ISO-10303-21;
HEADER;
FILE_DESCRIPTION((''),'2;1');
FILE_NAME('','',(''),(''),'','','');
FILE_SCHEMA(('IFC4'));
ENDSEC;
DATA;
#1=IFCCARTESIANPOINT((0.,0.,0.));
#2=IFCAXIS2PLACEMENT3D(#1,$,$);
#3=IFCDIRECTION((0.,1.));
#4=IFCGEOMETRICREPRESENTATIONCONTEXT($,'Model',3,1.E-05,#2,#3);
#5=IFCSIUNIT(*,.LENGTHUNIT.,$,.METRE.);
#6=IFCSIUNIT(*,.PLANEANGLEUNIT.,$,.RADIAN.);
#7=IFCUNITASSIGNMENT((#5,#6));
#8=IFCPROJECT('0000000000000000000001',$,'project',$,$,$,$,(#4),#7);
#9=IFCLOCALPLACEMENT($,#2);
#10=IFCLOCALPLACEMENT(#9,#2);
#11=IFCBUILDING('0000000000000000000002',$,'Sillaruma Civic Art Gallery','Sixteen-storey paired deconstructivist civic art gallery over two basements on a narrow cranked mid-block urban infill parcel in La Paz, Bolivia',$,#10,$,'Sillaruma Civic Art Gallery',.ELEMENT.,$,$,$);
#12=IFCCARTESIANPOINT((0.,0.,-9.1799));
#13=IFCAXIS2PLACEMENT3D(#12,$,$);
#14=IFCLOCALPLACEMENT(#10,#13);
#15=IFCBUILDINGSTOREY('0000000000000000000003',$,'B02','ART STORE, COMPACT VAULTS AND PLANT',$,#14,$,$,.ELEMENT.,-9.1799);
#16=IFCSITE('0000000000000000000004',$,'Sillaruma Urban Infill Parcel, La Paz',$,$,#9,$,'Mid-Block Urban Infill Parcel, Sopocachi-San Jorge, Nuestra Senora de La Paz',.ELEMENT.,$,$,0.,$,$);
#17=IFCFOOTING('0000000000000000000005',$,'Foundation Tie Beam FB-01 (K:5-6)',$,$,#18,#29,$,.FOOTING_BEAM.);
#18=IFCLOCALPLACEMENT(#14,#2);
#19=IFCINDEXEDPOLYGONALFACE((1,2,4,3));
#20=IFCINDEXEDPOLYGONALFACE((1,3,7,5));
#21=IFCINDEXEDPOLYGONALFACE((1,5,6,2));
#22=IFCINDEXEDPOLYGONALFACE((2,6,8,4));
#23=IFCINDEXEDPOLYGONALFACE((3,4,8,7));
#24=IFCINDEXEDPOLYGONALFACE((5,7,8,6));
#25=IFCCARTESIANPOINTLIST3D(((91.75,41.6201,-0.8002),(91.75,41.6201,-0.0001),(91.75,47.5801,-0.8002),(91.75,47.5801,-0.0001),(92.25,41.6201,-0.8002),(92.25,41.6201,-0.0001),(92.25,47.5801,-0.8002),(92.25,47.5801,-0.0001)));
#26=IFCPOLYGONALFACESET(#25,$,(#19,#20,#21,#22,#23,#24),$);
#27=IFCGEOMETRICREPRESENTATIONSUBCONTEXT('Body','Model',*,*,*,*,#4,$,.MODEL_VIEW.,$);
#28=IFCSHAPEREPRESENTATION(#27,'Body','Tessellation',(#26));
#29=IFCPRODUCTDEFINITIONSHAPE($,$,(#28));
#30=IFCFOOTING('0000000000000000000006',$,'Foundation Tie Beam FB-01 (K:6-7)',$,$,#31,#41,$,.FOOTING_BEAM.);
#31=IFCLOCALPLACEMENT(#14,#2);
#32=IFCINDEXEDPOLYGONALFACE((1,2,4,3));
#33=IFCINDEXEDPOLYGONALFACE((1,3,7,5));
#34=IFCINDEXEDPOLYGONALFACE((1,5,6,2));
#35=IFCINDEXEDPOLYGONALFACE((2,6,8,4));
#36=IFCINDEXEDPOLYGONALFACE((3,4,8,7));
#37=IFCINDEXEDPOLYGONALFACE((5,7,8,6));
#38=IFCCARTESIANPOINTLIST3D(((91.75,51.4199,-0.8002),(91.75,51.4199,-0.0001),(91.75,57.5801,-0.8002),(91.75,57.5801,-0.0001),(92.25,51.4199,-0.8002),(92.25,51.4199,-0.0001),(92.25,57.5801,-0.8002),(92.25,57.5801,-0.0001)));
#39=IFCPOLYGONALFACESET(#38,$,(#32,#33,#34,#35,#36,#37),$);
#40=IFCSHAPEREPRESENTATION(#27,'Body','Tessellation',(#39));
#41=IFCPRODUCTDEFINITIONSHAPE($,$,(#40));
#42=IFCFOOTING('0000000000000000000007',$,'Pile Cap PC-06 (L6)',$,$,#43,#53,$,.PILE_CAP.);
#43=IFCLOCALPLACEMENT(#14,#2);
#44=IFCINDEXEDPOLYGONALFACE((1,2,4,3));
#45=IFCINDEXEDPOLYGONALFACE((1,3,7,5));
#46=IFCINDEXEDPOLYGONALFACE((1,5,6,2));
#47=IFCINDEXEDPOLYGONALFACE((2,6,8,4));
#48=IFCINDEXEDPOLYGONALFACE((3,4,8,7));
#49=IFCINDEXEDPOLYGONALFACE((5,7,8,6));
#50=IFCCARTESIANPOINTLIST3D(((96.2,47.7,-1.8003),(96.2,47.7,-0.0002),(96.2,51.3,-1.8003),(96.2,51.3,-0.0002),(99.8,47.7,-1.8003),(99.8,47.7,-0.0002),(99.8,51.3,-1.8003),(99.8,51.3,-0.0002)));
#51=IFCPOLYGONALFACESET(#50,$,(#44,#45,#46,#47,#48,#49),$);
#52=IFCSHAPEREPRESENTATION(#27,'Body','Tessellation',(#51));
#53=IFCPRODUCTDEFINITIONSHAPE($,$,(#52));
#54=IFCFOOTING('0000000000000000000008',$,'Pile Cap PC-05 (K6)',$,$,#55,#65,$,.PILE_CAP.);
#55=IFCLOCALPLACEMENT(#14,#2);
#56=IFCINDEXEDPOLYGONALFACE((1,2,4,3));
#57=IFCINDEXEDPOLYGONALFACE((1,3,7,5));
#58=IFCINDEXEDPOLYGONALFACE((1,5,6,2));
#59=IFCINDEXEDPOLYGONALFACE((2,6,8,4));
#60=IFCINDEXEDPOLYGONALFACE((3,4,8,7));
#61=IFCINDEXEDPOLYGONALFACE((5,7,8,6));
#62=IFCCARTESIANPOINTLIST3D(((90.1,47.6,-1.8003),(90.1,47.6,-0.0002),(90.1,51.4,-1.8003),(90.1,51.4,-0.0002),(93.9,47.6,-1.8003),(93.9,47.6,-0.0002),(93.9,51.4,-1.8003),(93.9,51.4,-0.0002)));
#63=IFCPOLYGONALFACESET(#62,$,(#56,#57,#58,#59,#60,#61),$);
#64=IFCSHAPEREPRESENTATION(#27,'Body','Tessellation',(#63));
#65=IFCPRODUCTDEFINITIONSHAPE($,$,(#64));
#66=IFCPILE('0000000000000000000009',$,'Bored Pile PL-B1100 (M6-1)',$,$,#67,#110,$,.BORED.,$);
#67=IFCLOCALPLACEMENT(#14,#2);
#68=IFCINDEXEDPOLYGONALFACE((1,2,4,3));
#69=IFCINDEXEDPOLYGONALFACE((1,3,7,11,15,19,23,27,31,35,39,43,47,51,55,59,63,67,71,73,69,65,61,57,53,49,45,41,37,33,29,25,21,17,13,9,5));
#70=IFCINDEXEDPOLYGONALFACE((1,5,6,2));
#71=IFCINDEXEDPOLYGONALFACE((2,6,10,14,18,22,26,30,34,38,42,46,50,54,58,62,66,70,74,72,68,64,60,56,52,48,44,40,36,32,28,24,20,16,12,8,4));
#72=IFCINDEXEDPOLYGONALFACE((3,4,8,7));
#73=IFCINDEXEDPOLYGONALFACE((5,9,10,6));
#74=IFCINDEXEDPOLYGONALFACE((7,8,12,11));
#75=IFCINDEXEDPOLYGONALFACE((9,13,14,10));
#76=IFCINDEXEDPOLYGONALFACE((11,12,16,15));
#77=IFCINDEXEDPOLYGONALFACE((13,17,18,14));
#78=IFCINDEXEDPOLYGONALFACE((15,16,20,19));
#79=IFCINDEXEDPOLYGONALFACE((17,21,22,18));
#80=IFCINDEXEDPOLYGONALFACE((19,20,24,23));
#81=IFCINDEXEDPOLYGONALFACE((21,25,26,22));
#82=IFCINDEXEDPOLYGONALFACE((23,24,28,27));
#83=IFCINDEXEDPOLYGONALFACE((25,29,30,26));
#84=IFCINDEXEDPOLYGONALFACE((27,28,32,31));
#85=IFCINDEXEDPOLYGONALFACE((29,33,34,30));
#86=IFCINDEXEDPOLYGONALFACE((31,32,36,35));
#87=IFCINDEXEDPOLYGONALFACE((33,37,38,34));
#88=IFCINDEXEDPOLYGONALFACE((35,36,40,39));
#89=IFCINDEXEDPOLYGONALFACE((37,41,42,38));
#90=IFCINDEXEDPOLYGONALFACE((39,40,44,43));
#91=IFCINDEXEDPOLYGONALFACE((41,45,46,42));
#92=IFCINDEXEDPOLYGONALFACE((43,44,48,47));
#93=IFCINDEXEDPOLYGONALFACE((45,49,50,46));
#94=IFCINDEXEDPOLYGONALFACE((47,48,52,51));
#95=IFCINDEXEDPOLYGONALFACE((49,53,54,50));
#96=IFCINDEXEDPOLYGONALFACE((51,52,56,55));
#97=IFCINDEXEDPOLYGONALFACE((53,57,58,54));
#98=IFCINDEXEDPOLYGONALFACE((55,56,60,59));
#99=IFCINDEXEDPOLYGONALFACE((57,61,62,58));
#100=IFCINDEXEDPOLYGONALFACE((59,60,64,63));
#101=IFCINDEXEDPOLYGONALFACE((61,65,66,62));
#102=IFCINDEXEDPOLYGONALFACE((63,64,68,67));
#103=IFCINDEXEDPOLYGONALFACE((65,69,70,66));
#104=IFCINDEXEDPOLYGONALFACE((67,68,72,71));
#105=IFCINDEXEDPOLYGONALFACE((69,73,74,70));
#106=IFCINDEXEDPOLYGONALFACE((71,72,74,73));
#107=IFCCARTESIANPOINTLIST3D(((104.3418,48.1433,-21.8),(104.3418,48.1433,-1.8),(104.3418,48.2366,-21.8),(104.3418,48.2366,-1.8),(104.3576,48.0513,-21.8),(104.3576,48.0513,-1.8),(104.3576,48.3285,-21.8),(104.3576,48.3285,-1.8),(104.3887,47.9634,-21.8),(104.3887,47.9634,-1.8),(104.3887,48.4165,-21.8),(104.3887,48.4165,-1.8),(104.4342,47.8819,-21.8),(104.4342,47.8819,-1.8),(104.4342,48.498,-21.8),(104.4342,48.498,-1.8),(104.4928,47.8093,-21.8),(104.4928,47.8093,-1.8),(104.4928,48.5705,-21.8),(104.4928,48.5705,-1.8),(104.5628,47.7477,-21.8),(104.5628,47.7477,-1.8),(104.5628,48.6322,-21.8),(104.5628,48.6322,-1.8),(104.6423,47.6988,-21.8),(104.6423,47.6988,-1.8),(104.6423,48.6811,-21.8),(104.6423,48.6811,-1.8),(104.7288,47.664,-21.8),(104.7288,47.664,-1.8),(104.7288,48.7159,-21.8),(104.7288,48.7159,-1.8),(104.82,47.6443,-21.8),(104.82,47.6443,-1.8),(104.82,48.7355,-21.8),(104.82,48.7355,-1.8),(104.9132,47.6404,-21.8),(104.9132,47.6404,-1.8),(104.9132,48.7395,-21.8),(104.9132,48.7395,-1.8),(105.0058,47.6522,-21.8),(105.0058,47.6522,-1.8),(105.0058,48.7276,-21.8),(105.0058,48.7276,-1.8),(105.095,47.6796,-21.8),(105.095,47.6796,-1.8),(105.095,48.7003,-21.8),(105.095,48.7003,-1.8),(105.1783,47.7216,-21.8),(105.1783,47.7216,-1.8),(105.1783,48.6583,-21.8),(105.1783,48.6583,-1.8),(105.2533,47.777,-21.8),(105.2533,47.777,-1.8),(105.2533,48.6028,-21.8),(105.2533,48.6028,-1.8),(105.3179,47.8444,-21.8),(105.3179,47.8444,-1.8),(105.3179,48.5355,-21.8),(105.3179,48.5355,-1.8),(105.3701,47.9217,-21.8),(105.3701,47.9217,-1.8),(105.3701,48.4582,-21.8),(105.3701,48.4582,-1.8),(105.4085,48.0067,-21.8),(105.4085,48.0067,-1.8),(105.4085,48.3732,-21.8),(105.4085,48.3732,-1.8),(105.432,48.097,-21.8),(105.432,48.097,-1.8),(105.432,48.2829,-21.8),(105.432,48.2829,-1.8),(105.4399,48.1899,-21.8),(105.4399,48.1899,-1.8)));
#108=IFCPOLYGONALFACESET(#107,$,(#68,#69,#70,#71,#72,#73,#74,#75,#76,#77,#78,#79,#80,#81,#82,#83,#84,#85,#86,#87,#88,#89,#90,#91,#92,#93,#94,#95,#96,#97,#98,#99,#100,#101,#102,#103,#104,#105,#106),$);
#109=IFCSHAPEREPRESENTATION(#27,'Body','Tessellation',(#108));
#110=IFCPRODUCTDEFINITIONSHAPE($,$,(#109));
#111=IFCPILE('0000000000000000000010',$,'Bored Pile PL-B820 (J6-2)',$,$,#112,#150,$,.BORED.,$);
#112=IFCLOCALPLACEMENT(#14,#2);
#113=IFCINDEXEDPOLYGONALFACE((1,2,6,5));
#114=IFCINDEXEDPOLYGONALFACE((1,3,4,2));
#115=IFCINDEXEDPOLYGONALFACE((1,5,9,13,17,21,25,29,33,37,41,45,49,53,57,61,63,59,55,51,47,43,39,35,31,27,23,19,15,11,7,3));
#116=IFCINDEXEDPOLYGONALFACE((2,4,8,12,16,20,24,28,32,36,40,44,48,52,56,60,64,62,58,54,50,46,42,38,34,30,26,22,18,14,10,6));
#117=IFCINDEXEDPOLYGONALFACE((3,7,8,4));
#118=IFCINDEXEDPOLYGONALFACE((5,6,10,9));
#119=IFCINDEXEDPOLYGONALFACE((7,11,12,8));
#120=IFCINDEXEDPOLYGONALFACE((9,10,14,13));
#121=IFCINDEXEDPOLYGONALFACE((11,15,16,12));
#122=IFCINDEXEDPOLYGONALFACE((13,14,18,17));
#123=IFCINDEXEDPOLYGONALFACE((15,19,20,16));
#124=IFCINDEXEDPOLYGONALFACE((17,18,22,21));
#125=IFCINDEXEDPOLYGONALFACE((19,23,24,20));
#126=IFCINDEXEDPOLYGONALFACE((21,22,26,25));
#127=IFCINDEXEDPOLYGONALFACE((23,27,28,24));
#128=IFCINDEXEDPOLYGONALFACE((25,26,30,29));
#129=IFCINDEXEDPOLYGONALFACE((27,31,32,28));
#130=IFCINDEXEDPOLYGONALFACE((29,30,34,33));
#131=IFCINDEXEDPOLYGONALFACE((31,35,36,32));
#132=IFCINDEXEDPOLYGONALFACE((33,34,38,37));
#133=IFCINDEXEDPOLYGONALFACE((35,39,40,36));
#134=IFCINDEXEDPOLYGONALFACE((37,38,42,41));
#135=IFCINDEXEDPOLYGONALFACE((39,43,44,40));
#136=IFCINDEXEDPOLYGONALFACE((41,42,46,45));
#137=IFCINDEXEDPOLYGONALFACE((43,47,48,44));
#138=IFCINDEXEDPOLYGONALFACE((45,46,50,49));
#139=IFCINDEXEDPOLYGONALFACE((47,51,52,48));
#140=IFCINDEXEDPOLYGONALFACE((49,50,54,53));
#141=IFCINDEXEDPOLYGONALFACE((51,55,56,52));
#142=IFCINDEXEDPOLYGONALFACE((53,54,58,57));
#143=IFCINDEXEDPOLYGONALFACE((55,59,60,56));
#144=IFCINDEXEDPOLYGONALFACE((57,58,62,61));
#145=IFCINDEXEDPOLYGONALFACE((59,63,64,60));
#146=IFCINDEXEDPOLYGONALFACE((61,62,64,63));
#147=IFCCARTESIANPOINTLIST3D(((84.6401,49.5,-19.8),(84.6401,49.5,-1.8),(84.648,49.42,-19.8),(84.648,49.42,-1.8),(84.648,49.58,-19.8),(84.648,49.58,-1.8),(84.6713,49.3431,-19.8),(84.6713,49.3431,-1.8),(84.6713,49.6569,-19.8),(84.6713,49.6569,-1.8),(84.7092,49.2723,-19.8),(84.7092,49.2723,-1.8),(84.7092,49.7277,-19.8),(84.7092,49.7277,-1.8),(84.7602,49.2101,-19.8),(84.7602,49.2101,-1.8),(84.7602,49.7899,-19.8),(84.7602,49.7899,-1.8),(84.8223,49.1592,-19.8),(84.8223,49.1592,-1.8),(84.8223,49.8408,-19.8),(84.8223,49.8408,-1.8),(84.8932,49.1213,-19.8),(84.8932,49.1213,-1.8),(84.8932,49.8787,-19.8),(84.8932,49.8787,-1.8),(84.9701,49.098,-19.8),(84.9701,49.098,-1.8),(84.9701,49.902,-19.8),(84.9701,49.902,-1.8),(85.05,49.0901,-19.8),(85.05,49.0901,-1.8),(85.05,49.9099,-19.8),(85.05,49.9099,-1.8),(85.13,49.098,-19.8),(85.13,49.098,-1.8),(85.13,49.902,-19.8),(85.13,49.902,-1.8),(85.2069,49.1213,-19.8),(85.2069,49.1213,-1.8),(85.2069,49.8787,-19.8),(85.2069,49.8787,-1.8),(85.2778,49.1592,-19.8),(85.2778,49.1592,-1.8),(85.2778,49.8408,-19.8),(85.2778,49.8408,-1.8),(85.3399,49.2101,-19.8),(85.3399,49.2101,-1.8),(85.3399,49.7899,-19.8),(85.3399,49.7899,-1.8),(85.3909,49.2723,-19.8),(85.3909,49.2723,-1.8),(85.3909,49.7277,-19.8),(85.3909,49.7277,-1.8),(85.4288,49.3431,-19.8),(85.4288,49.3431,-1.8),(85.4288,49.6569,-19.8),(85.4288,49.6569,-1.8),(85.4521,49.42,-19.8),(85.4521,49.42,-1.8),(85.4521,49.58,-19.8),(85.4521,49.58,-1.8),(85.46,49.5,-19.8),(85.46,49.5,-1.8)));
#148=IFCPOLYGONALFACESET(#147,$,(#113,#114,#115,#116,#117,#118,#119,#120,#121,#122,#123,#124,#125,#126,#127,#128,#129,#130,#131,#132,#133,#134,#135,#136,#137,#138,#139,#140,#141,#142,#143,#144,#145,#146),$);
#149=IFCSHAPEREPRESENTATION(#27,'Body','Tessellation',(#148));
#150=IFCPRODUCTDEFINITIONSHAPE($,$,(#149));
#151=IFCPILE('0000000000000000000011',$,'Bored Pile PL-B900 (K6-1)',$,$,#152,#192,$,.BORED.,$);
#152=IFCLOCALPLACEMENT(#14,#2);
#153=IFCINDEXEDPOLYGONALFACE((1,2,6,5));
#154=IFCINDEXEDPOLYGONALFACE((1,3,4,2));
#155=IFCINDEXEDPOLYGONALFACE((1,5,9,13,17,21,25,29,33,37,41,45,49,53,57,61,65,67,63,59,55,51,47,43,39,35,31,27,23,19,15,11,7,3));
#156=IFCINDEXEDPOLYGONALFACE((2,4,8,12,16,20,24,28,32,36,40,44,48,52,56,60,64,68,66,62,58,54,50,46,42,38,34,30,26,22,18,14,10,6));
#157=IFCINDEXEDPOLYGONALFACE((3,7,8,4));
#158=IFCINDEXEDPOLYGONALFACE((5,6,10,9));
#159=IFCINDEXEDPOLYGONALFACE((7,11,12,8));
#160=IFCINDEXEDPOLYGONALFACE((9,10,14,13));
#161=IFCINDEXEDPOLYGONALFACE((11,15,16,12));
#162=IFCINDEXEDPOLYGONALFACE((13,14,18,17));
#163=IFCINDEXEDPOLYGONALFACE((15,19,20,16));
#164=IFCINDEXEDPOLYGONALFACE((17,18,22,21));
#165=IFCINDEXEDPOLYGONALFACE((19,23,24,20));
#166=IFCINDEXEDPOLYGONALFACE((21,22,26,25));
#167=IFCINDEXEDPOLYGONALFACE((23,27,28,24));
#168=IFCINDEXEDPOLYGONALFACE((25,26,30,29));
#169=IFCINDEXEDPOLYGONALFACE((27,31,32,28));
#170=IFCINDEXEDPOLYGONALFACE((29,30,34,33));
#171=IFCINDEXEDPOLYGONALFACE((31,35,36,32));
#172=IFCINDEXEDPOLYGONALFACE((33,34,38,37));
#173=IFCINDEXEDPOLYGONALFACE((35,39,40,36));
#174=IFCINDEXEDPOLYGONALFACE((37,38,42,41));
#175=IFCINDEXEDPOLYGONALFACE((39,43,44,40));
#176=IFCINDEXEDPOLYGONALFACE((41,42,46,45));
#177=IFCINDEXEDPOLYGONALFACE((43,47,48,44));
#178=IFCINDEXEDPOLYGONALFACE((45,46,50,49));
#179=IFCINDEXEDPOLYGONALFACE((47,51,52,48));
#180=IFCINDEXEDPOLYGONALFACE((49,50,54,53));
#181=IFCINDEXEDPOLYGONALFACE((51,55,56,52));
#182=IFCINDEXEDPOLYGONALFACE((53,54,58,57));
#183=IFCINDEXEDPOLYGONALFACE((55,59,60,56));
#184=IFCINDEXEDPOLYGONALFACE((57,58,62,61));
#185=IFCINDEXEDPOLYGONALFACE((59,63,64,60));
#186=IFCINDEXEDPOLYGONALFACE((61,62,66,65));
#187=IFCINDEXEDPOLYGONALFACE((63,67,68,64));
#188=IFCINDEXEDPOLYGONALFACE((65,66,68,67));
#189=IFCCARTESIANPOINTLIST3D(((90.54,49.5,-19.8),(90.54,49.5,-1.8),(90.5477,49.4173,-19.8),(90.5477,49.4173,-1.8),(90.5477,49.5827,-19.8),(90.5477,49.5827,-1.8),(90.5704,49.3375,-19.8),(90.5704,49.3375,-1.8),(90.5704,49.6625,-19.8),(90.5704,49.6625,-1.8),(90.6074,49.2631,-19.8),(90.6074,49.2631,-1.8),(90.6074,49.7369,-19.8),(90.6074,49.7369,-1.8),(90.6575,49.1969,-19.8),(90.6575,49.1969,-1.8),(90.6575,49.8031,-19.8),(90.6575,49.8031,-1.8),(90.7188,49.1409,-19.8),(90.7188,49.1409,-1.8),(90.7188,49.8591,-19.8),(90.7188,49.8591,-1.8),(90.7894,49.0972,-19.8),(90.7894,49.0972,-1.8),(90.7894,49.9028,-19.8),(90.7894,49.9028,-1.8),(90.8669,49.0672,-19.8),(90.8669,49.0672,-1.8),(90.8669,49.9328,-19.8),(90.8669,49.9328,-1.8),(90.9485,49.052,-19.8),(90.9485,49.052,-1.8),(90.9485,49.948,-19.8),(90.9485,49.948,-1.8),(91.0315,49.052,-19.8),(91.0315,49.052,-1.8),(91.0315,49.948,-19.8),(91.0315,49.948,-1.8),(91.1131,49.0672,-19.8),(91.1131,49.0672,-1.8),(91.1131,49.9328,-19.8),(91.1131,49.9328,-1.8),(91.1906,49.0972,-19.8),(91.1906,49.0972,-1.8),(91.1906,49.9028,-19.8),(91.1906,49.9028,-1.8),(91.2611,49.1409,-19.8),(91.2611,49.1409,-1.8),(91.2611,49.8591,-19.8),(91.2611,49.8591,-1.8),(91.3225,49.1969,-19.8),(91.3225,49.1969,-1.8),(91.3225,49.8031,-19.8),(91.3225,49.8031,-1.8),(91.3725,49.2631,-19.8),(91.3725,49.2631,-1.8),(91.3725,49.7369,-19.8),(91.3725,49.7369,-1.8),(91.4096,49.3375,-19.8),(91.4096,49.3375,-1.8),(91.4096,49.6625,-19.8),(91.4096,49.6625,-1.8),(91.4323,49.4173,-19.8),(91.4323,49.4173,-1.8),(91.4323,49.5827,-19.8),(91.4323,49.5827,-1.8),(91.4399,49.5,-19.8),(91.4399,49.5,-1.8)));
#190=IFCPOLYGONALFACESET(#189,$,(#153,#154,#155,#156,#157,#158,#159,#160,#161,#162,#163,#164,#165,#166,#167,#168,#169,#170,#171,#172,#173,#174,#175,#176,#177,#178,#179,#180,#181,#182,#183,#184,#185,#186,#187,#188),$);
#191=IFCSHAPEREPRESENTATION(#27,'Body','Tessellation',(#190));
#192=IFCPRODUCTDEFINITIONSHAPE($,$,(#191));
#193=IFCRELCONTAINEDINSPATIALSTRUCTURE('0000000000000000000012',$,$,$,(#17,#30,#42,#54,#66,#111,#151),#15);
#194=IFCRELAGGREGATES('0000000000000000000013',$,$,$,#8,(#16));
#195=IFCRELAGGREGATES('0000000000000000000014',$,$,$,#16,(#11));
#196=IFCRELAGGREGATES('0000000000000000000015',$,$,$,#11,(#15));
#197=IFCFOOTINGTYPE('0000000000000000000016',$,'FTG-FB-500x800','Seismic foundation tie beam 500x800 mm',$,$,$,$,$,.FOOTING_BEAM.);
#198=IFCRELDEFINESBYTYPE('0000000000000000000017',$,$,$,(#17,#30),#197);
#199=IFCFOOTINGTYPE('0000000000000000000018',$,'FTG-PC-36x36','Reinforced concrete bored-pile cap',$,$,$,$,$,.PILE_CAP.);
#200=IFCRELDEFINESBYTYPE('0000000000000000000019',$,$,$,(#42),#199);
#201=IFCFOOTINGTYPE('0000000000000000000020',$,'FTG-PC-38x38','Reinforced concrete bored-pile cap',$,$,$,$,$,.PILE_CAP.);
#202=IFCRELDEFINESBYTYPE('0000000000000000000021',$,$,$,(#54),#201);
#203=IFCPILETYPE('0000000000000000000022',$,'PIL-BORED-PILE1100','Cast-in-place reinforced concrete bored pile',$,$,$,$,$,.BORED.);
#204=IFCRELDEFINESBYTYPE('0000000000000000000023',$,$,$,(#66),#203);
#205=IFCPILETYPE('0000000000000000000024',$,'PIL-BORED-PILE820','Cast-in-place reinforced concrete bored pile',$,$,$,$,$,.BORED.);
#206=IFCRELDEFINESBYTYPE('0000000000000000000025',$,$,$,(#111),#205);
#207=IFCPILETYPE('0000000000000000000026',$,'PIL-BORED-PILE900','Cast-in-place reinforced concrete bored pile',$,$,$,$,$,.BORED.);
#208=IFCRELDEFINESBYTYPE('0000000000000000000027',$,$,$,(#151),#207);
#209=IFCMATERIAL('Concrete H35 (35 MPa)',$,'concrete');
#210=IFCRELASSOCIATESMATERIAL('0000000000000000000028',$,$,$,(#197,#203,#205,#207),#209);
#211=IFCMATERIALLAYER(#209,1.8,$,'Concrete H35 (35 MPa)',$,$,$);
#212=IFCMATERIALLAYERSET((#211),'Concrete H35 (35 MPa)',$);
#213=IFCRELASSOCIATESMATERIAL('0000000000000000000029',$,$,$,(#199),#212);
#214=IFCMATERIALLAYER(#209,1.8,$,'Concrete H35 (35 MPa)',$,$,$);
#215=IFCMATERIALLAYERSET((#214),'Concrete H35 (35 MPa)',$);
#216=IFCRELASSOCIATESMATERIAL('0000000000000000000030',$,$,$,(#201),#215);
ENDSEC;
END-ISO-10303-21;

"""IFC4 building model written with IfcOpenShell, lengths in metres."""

from ifc_helpers import new_model, si_unit, direction, frame, origin, origin_2d, place, context, subcontext, project, spatial, rectangle, circle, extrude, material, layer, layer_set, material_profile, profile_set, type_object, element, save


model = new_model("IFC4")

# Units and contexts
model_context = context("Model", 3, precision=1e-05, world=origin(), true_north=direction((0.0, 1.0)))
body_context = subcontext(model_context, "Body", "Model", "MODEL_VIEW")
ifc_project = project(units=[si_unit("LENGTHUNIT", "METRE"), si_unit("PLANEANGLEUNIT", "RADIAN")], contexts=[model_context])

# Site, building, storey
site_placement = place(None, origin())
site = spatial("IfcSite", under=ifc_project, at=site_placement, Name="Sillaruma Urban Infill Parcel, La Paz", LongName="Mid-Block Urban Infill Parcel, Sopocachi-San Jorge, Nuestra Senora de La Paz", CompositionType="ELEMENT", RefElevation=0.0)
building_placement = place(site_placement, origin())
building = spatial("IfcBuilding", under=site, at=building_placement, Name="Sillaruma Civic Art Gallery", Description="Sixteen-storey paired deconstructivist civic art gallery over two basements on a narrow cranked mid-block urban infill parcel in La Paz, Bolivia", LongName="Sillaruma Civic Art Gallery", CompositionType="ELEMENT")
storey_placement = place(building_placement, frame((0.0, 0.0, -9.1799)))
storey = spatial("IfcBuildingStorey", under=building, at=storey_placement, Name="B02", Description="ART STORE, COMPACT VAULTS AND PLANT", CompositionType="ELEMENT", Elevation=-9.1799)

# Footings
ifc_material_1 = material(Name="Concrete H35 (35 MPa)", Category="concrete")
ifc_material_profile_1 = material_profile(ifc_material_1, rectangle(XDim=0.5, YDim=0.8, at=origin_2d()), Name="RCB500x800")
ifc_profile_set_1 = profile_set([ifc_material_profile_1], Name="Concrete H35 (35 MPa)")
footing_type_1 = type_object("IfcFootingType", Name="FTG-FB-500x800", Description="Seismic foundation tie beam 500x800 mm", PredefinedType="FOOTING_BEAM", material=ifc_profile_set_1)
footing_1_placement = place(storey_placement, frame((92.0, 41.6201, -0.4001), z_axis=(0.0, 1.0, 0.0), x_axis=(-1.0, 0.0, 0.0)))
element("IfcFooting", 1, at=footing_1_placement, inside=storey, type_object=footing_type_1, Name="Foundation Tie Beam FB-01 (K:5-6)", PredefinedType="FOOTING_BEAM", context=body_context, shape_type="SweptSolid", body=[
    extrude(rectangle(XDim=0.5, YDim=0.8, at=origin_2d()), origin(), (0.0, 0.0, 1.0), 5.96),
])
footing_2_placement = place(storey_placement, frame((92.0, 51.4199, -0.4001), z_axis=(0.0, 1.0, 0.0), x_axis=(-1.0, 0.0, 0.0)))
element("IfcFooting", 2, at=footing_2_placement, inside=storey, type_object=footing_type_1, Name="Foundation Tie Beam FB-01 (K:6-7)", PredefinedType="FOOTING_BEAM", context=body_context, shape_type="SweptSolid", body=[
    extrude(rectangle(XDim=0.5, YDim=0.8, at=origin_2d()), origin(), (0.0, 0.0, 1.0), 6.1602),
])
ifc_layer_1 = layer(ifc_material_1, 1.8, Name="Concrete H35 (35 MPa)")
ifc_layer_set_1 = layer_set([ifc_layer_1], Name="Concrete H35 (35 MPa)")
footing_type_2 = type_object("IfcFootingType", Name="FTG-PC-36x36", Description="Reinforced concrete bored-pile cap", PredefinedType="PILE_CAP", material=ifc_layer_set_1)
footing_3_placement = place(storey_placement, frame((98.0, 49.5, -1.8003), z_axis=(0.0, 0.0, 1.0), x_axis=(1.0, 0.0, 0.0)))
element("IfcFooting", 3, at=footing_3_placement, inside=storey, type_object=footing_type_2, Name="Pile Cap PC-06 (L6)", PredefinedType="PILE_CAP", context=body_context, shape_type="SweptSolid", body=[
    extrude(rectangle(XDim=3.6001, YDim=3.6001, at=origin_2d()), origin(), (0.0, 0.0, 1.0), 1.8),
])
ifc_layer_2 = layer(ifc_material_1, 1.8, Name="Concrete H35 (35 MPa)")
ifc_layer_set_2 = layer_set([ifc_layer_2], Name="Concrete H35 (35 MPa)")
footing_type_3 = type_object("IfcFootingType", Name="FTG-PC-38x38", Description="Reinforced concrete bored-pile cap", PredefinedType="PILE_CAP", material=ifc_layer_set_2)
footing_4_placement = place(storey_placement, frame((92.0, 49.5, -1.8003), z_axis=(0.0, 0.0, 1.0), x_axis=(1.0, 0.0, 0.0)))
element("IfcFooting", 4, at=footing_4_placement, inside=storey, type_object=footing_type_3, Name="Pile Cap PC-05 (K6)", PredefinedType="PILE_CAP", context=body_context, shape_type="SweptSolid", body=[
    extrude(rectangle(XDim=3.8, YDim=3.8, at=origin_2d()), origin(), (0.0, 0.0, 1.0), 1.8),
])

# Piles
ifc_material_profile_2 = material_profile(ifc_material_1, circle(Radius=0.55, at=origin_2d()), Name="PILE1100")
ifc_profile_set_2 = profile_set([ifc_material_profile_2], Name="Concrete H35 (35 MPa)")
pile_type_1 = type_object("IfcPileType", Name="PIL-BORED-PILE1100", Description="Cast-in-place reinforced concrete bored pile", PredefinedType="BORED", material=ifc_profile_set_2)
pile_1_placement = place(storey_placement, frame((104.8899, 48.1899, -1.8), z_axis=(0.0, 0.0, -1.0), x_axis=(1.0, 0.0, 0.0)))
element("IfcPile", 5, at=pile_1_placement, inside=storey, type_object=pile_type_1, Name="Bored Pile PL-B1100 (M6-1)", PredefinedType="BORED", context=body_context, shape_type="SweptSolid", body=[
    extrude(circle(Radius=0.55, at=origin_2d()), origin(), (0.0, 0.0, 1.0), 20.0),
])
ifc_material_profile_3 = material_profile(ifc_material_1, circle(Radius=0.4099, at=origin_2d()), Name="PILE820")
ifc_profile_set_3 = profile_set([ifc_material_profile_3], Name="Concrete H35 (35 MPa)")
pile_type_2 = type_object("IfcPileType", Name="PIL-BORED-PILE820", Description="Cast-in-place reinforced concrete bored pile", PredefinedType="BORED", material=ifc_profile_set_3)
pile_2_placement = place(storey_placement, frame((85.05, 49.5, -1.8), z_axis=(0.0, 0.0, -1.0), x_axis=(1.0, 0.0, 0.0)))
element("IfcPile", 6, at=pile_2_placement, inside=storey, type_object=pile_type_2, Name="Bored Pile PL-B820 (J6-2)", PredefinedType="BORED", context=body_context, shape_type="SweptSolid", body=[
    extrude(circle(Radius=0.4099, at=origin_2d()), origin(), (0.0, 0.0, 1.0), 18.0),
])
ifc_material_profile_4 = material_profile(ifc_material_1, circle(Radius=0.45, at=origin_2d()), Name="PILE900")
ifc_profile_set_4 = profile_set([ifc_material_profile_4], Name="Concrete H35 (35 MPa)")
pile_type_3 = type_object("IfcPileType", Name="PIL-BORED-PILE900", Description="Cast-in-place reinforced concrete bored pile", PredefinedType="BORED", material=ifc_profile_set_4)
for number, where, z_axis, x_axis, name in (
    (7, (90.99, 49.5, -1.8), (0.0, 0.0, -1.0), (1.0, 0.0, 0.0), "Bored Pile PL-B900 (K6-1)"),
):
    element("IfcPile", number, at=place(storey_placement, frame(where, z_axis=z_axis, x_axis=x_axis)), inside=storey, type_object=pile_type_3, Name=name, PredefinedType="BORED", context=body_context, shape_type="SweptSolid", body=[
        extrude(circle(Radius=0.45, at=origin_2d()), origin(), (0.0, 0.0, 1.0), 18.0),
    ])

save(model, "model.ifc")
